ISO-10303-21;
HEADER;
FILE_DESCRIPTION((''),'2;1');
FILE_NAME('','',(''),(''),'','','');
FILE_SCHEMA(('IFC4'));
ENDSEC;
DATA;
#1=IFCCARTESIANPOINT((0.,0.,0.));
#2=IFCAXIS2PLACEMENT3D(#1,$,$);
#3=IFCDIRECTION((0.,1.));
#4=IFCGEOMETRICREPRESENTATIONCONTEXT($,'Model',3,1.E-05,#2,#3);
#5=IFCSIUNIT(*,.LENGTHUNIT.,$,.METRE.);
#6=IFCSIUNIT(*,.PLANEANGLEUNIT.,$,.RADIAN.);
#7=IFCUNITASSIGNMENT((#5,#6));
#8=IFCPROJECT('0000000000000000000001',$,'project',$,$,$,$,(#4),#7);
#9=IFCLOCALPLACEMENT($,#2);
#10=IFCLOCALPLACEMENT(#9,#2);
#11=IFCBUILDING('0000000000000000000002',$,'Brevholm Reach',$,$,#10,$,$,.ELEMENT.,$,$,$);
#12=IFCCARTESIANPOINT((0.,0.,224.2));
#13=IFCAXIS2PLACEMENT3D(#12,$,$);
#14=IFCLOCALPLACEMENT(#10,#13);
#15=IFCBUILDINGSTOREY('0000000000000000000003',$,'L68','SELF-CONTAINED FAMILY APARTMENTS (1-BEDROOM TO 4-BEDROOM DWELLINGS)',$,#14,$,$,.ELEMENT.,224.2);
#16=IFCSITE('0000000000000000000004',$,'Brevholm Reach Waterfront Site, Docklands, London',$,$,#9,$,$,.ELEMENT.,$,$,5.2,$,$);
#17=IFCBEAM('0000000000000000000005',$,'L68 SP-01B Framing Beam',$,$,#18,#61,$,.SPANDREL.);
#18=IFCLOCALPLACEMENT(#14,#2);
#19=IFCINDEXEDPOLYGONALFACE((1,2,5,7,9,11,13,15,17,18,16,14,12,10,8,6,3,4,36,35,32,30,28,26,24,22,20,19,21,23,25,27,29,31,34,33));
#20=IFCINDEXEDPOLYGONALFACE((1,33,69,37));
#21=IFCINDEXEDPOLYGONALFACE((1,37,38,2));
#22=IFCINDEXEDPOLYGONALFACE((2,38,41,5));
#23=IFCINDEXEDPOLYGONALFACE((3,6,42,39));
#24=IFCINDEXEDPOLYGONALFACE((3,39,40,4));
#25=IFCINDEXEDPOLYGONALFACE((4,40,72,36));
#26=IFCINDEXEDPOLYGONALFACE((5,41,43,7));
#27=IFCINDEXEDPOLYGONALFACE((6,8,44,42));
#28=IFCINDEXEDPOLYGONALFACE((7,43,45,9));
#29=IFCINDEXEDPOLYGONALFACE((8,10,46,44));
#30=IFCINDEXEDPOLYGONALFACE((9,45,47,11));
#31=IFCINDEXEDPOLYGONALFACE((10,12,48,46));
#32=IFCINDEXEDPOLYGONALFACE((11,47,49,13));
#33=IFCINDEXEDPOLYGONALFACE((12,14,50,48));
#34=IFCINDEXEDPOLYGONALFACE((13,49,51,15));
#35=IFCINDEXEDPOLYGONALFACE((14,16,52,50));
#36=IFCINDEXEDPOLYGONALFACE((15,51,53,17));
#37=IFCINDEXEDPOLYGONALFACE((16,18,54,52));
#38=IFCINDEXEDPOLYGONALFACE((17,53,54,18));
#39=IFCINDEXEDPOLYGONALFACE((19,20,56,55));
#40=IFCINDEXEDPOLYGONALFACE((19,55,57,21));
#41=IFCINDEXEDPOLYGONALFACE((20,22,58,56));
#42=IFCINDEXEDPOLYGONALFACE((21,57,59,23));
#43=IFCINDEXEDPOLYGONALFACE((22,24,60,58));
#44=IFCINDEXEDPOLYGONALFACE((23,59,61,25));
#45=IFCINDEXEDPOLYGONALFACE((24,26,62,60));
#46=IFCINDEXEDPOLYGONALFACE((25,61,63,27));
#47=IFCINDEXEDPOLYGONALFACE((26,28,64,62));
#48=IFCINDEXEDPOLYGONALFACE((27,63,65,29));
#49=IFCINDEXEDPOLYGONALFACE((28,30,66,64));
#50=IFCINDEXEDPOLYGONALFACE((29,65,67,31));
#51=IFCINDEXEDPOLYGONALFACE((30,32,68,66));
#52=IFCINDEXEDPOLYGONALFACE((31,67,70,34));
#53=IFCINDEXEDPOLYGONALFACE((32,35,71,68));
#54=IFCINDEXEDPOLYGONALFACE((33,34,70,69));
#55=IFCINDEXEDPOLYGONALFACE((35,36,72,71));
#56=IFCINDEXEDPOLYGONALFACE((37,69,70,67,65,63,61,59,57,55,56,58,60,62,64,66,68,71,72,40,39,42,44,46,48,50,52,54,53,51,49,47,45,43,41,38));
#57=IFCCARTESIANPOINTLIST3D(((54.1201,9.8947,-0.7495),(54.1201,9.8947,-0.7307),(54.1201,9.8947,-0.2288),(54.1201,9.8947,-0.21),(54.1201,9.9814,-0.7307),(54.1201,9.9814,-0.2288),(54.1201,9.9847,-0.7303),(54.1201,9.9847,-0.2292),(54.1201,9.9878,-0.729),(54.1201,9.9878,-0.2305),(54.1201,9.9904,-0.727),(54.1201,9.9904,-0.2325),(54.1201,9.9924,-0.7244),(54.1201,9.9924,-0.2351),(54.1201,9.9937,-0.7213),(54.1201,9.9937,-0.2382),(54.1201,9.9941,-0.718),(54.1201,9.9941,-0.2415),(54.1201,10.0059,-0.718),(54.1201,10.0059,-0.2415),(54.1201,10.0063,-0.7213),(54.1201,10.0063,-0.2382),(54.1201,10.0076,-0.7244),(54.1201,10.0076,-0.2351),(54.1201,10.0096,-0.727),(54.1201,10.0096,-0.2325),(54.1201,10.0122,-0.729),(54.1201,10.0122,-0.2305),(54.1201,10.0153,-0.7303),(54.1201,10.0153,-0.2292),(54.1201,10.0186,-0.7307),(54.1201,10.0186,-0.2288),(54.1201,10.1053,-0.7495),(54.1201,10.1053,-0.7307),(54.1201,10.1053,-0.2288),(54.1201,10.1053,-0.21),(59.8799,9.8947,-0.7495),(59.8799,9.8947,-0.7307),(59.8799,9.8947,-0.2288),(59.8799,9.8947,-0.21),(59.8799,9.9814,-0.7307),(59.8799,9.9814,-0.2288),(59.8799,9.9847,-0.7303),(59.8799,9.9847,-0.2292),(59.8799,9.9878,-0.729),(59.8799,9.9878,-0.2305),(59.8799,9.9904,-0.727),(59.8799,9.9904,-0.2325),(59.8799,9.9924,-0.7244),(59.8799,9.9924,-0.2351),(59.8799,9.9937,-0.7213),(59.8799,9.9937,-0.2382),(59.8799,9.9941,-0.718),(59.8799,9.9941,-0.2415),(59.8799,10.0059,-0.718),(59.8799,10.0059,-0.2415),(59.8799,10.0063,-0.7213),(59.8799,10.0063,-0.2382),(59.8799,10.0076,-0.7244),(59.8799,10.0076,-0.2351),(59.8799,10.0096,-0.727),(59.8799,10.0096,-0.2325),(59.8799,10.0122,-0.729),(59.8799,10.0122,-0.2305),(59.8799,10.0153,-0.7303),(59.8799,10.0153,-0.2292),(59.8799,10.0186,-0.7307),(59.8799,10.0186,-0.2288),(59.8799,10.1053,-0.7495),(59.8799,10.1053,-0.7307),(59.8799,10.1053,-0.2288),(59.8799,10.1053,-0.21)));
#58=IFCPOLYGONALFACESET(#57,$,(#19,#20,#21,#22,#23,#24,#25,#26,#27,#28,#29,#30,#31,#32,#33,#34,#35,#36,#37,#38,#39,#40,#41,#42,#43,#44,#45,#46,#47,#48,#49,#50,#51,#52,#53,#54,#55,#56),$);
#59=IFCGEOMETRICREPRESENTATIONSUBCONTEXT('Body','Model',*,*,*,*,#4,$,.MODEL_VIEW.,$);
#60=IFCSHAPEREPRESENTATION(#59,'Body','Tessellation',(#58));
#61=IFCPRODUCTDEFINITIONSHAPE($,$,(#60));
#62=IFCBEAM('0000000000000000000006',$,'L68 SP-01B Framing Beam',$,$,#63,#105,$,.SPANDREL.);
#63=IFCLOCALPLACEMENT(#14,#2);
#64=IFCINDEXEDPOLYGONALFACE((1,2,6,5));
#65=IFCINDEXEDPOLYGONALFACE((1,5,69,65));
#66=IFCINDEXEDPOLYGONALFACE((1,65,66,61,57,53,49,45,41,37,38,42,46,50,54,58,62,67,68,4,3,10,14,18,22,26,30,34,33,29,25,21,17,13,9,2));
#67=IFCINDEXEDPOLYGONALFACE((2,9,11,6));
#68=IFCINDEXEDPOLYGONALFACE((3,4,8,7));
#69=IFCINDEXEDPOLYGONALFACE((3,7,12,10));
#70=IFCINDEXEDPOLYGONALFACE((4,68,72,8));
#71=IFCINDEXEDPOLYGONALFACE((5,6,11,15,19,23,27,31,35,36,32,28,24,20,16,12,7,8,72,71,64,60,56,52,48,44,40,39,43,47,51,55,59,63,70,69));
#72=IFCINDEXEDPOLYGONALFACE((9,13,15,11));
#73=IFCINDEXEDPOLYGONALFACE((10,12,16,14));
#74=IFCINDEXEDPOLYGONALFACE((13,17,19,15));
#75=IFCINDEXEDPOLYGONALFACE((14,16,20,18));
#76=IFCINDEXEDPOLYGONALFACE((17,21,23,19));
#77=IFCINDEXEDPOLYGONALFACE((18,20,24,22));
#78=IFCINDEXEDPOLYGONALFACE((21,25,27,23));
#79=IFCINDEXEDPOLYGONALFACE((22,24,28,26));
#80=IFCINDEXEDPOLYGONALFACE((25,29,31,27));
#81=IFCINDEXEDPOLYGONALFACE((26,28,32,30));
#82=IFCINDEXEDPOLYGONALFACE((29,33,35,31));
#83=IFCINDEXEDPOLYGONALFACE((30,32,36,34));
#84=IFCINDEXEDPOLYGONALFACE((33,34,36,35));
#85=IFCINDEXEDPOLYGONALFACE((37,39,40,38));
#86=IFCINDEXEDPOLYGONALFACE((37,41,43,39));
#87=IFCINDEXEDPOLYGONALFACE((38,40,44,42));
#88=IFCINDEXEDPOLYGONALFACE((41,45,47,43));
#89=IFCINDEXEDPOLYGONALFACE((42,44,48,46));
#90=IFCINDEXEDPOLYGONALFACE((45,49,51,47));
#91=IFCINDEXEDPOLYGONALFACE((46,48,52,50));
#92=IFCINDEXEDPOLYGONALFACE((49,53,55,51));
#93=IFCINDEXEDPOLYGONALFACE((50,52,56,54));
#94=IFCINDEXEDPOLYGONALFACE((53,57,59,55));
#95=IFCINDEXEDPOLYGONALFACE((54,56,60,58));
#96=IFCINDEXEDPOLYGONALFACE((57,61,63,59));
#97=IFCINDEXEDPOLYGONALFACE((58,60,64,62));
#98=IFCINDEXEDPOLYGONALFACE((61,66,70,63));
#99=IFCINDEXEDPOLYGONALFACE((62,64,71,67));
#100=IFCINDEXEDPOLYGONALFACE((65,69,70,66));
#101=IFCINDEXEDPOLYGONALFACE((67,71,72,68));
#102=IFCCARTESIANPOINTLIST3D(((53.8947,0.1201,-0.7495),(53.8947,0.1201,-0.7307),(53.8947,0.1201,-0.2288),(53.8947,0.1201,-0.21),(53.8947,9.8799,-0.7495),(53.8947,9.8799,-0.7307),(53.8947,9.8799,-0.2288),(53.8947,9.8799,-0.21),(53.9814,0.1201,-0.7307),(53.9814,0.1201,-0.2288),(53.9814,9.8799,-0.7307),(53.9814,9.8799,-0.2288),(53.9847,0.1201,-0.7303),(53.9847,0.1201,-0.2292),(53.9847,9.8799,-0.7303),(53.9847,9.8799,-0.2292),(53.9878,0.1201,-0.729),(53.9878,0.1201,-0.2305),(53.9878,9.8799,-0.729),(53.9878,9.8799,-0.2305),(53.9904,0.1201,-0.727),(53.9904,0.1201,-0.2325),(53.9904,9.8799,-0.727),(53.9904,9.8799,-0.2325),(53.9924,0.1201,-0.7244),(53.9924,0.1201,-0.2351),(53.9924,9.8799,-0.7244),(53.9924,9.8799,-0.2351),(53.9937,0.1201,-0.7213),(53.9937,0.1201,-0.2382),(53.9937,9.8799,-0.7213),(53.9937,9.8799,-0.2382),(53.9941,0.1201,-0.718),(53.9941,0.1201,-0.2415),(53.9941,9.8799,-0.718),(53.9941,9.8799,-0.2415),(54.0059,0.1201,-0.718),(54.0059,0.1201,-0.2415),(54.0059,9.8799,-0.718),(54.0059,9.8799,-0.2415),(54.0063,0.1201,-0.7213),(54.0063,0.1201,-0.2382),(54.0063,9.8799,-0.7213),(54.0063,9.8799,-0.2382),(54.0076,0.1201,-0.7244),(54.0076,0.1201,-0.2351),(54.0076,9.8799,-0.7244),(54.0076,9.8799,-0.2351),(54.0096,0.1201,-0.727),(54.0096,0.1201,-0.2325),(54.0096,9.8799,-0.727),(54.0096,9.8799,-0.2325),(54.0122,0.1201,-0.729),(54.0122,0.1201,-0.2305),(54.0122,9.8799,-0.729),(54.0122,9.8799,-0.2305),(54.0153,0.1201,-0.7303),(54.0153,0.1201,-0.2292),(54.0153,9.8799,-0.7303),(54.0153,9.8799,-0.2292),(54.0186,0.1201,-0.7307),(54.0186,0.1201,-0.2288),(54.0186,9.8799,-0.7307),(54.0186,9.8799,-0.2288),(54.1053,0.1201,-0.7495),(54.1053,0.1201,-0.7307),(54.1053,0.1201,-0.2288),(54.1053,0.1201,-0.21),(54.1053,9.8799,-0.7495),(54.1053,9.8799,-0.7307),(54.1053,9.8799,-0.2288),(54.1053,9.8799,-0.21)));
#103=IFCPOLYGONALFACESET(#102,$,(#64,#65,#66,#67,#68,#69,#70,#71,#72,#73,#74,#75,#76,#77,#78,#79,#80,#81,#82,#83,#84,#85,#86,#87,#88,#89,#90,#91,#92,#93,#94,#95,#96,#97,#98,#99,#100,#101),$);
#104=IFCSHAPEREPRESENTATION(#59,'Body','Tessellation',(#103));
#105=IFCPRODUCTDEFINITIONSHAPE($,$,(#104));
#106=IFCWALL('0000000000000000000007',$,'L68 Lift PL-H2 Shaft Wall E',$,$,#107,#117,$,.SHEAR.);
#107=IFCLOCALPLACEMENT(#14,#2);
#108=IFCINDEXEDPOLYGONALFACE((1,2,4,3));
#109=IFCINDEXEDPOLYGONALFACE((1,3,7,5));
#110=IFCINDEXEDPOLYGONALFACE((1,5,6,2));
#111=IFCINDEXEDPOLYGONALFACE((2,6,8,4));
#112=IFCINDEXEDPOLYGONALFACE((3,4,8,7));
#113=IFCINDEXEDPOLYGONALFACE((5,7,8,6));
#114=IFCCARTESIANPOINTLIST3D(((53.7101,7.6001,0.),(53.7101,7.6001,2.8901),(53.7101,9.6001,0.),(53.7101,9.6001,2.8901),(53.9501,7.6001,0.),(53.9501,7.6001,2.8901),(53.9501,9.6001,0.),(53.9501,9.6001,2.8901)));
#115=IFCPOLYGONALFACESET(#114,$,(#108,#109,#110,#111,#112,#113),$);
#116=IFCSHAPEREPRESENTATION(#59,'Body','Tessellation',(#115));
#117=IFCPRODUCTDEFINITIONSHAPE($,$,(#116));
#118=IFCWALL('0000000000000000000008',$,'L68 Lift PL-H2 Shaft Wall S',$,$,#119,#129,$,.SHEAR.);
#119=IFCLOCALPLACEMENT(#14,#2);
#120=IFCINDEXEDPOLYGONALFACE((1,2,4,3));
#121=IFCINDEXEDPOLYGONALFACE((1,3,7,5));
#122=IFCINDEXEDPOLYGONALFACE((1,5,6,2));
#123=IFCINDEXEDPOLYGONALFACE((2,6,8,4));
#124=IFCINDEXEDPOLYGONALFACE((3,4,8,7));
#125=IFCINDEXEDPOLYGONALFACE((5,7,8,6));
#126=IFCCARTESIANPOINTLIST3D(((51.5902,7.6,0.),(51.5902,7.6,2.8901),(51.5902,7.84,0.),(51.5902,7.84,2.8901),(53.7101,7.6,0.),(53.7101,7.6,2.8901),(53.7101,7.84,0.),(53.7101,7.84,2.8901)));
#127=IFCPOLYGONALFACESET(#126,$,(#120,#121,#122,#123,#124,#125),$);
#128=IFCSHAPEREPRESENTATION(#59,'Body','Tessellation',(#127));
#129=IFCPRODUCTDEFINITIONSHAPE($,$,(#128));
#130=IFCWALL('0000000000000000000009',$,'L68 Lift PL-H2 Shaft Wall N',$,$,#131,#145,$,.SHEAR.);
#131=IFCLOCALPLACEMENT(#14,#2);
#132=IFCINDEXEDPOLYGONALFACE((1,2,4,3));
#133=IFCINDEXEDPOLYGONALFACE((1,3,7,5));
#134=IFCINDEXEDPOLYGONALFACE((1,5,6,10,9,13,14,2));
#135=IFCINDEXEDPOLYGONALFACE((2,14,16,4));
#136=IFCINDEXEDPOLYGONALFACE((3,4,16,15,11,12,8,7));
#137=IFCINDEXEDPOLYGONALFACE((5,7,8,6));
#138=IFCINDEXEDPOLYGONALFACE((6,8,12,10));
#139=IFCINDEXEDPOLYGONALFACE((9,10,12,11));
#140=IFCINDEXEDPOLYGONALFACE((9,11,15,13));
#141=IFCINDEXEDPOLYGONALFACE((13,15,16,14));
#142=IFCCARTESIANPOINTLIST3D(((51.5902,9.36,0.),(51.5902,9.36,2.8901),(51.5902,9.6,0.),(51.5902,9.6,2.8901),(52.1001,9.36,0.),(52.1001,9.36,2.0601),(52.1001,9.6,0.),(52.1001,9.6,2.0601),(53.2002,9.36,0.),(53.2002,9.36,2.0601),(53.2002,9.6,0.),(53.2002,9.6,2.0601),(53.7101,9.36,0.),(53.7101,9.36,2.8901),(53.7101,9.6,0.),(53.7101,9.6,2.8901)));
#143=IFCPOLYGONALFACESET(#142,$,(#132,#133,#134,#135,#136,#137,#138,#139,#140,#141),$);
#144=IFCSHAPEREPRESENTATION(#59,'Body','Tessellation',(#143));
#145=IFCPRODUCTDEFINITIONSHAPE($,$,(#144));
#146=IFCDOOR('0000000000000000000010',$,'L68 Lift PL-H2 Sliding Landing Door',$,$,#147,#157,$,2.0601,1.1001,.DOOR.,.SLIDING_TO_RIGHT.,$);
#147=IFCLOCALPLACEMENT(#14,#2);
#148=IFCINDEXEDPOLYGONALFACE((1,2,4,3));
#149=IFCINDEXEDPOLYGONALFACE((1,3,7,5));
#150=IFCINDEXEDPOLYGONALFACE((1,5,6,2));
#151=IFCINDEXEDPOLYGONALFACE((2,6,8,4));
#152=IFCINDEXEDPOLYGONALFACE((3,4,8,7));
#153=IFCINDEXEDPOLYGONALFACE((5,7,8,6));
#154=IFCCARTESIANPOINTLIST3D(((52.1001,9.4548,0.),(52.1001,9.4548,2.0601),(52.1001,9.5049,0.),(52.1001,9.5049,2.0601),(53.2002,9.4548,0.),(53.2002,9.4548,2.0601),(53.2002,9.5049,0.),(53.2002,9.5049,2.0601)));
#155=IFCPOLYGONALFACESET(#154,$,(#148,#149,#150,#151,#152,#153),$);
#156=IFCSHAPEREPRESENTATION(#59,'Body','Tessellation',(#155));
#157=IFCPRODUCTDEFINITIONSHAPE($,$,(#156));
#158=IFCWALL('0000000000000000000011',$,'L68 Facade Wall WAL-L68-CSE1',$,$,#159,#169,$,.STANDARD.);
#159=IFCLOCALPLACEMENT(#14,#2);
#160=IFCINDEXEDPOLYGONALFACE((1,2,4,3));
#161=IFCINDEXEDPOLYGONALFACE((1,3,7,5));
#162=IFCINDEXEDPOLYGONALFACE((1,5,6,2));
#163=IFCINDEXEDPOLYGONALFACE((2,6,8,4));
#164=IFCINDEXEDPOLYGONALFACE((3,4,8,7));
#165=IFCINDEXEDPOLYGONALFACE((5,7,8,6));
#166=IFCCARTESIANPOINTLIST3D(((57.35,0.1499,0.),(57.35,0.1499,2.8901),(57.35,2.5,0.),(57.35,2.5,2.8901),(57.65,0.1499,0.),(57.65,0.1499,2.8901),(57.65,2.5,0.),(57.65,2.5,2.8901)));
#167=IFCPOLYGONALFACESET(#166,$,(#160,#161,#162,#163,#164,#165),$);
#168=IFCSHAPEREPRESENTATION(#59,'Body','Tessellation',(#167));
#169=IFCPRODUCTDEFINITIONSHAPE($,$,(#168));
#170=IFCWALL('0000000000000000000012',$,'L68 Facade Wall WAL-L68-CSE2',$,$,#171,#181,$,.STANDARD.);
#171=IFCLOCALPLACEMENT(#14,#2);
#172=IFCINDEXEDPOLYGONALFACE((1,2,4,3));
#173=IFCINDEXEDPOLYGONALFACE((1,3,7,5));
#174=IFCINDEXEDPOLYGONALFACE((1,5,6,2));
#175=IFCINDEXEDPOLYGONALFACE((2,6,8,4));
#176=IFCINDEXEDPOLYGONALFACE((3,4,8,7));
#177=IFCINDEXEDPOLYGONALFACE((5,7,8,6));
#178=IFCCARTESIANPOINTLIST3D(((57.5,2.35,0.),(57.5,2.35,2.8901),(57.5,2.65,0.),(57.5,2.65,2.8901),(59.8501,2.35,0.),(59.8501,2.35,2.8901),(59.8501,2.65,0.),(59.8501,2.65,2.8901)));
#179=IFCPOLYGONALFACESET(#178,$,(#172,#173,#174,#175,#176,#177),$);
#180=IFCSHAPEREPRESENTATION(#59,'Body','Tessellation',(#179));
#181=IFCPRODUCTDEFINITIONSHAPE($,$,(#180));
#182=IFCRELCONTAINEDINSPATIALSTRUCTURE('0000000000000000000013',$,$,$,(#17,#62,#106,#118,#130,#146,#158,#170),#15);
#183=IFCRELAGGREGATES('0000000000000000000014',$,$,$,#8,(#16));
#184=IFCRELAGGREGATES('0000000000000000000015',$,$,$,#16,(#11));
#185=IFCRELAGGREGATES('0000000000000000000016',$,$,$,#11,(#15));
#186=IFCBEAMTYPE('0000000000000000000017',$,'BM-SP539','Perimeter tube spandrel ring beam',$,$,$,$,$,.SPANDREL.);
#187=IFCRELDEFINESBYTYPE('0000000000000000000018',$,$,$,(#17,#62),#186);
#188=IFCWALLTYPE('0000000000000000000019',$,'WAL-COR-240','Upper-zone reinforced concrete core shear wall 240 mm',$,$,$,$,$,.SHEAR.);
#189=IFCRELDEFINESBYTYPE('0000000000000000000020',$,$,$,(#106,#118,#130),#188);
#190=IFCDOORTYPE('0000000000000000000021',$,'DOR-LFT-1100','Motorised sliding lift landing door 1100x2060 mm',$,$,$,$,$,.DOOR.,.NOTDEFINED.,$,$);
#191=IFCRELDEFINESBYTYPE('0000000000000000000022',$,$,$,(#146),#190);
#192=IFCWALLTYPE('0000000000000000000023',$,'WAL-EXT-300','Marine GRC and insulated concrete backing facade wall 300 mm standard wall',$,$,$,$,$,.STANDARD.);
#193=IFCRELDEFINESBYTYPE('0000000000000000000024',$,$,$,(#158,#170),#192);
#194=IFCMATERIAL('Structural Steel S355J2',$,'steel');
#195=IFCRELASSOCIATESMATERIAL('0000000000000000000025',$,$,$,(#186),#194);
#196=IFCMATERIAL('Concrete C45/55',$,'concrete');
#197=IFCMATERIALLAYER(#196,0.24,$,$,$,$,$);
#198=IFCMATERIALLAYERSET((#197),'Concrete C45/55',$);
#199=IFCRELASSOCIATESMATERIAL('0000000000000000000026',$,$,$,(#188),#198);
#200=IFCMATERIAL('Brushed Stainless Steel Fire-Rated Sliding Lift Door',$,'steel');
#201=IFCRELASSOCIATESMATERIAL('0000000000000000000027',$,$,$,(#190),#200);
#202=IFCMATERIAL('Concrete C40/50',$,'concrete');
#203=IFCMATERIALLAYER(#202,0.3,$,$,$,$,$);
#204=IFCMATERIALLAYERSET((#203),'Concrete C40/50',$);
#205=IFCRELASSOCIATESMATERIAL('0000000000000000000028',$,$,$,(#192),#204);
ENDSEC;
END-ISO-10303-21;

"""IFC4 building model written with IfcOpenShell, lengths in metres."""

from ifc_helpers import new_model, si_unit, direction, frame, frame_2d, origin, origin_2d, place, context, subcontext, project, spatial, rectangle, i_section, extrude, material, layer, layer_set, material_profile, profile_set, type_object, element, fill, save


model = new_model("IFC4")

# Units and contexts
model_context = context("Model", 3, precision=1e-05, world=origin(), true_north=direction((0.0, 1.0)))
body_context = subcontext(model_context, "Body", "Model", "MODEL_VIEW")
ifc_project = project(units=[si_unit("LENGTHUNIT", "METRE"), si_unit("PLANEANGLEUNIT", "RADIAN")], contexts=[model_context])

# Site, building, storey
site_placement = place(None, origin())
site = spatial("IfcSite", under=ifc_project, at=site_placement, Name="Brevholm Reach Waterfront Site, Docklands, London", CompositionType="ELEMENT", RefElevation=5.2)
building_placement = place(site_placement, origin())
building = spatial("IfcBuilding", under=site, at=building_placement, Name="Brevholm Reach", CompositionType="ELEMENT")
storey_placement = place(building_placement, frame((0.0, 0.0, 224.2)))
storey = spatial("IfcBuildingStorey", under=building, at=storey_placement, Name="L68", Description="SELF-CONTAINED FAMILY APARTMENTS (1-BEDROOM TO 4-BEDROOM DWELLINGS)", CompositionType="ELEMENT", Elevation=224.2)

# Beams
ifc_material_1 = material(Name="Structural Steel S355J2", Category="steel")
ifc_material_profile_1 = material_profile(ifc_material_1, i_section(OverallWidth=0.2107, OverallDepth=0.5396, WebThickness=0.0117, FlangeThickness=0.0188, FilletRadius=0.0127, at=origin_2d()), Name="UKB 533x210x109")
ifc_profile_set_1 = profile_set([ifc_material_profile_1], Name="Structural Steel S355J2")
beam_type = type_object("IfcBeamType", Name="BM-SP539", Description="Perimeter tube spandrel ring beam", PredefinedType="SPANDREL", material=ifc_profile_set_1)
beam_1_placement = place(storey_placement, frame((54.1201, 10.0, -0.4797), z_axis=(1.0, 0.0, 0.0), x_axis=(0.0, 1.0, 0.0)))
element("IfcBeam", 1, at=beam_1_placement, inside=storey, type_object=beam_type, Name="L68 SP-01B Framing Beam", PredefinedType="SPANDREL", context=body_context, shape_type="SweptSolid", body=[
    extrude(i_section(OverallWidth=0.2107, OverallDepth=0.5396, WebThickness=0.0117, FlangeThickness=0.0188, FilletRadius=0.0127, at=origin_2d()), origin(), (0.0, 0.0, 1.0), 5.7598),
])
beam_2_placement = place(storey_placement, frame((54.0, 0.1201, -0.4797), z_axis=(0.0, 1.0, 0.0), x_axis=(-1.0, 0.0, 0.0)))
element("IfcBeam", 2, at=beam_2_placement, inside=storey, type_object=beam_type, Name="L68 SP-01B Framing Beam", PredefinedType="SPANDREL", context=body_context, shape_type="SweptSolid", body=[
    extrude(i_section(OverallWidth=0.2107, OverallDepth=0.5396, WebThickness=0.0117, FlangeThickness=0.0188, FilletRadius=0.0127, at=origin_2d()), origin(), (0.0, 0.0, 1.0), 9.7598),
])

# Walls
ifc_material_2 = material(Name="Concrete C45/55", Category="concrete")
ifc_layer_1 = layer(ifc_material_2, 0.24)
ifc_layer_set_1 = layer_set([ifc_layer_1], Name="Concrete C45/55")
wall_type_1 = type_object("IfcWallType", Name="WAL-COR-240", Description="Upper-zone reinforced concrete core shear wall 240 mm", PredefinedType="SHEAR", material=ifc_layer_set_1)
wall_1_placement = place(storey_placement, frame((53.8301, 7.6001, 0.0), z_axis=(0.0, 0.0, 1.0), x_axis=(0.0, 1.0, 0.0)))
element("IfcWall", 3, at=wall_1_placement, inside=storey, type_object=wall_type_1, Name="L68 Lift PL-H2 Shaft Wall E", PredefinedType="SHEAR", context=body_context, shape_type="SweptSolid", body=[
    extrude(rectangle(XDim=2.0, YDim=0.24, at=frame_2d((1.0, 0.0))), origin(), (0.0, 0.0, 1.0), 2.8901),
])
wall_2_placement = place(storey_placement, frame((51.5901, 7.72, 0.0), z_axis=(0.0, 0.0, 1.0), x_axis=(1.0, 0.0, 0.0)))
element("IfcWall", 4, at=wall_2_placement, inside=storey, type_object=wall_type_1, Name="L68 Lift PL-H2 Shaft Wall S", PredefinedType="SHEAR", context=body_context, shape_type="SweptSolid", body=[
    extrude(rectangle(XDim=2.1199, YDim=0.24, at=frame_2d((1.0601, 0.0))), origin(), (0.0, 0.0, 1.0), 2.8901),
])

# Wall, opening, door
wall_3_placement = place(storey_placement, frame((51.5901, 9.48, 0.0), z_axis=(0.0, 0.0, 1.0), x_axis=(1.0, 0.0, 0.0)))
wall_3 = element("IfcWall", 5, at=wall_3_placement, inside=storey, type_object=wall_type_1, Name="L68 Lift PL-H2 Shaft Wall N", PredefinedType="SHEAR", context=body_context, shape_type="SweptSolid", body=[
    extrude(rectangle(XDim=2.1199, YDim=0.24, at=frame_2d((1.0601, 0.0))), origin(), (0.0, 0.0, 1.0), 2.8901),
])
opening_1_placement = place(wall_3_placement, frame((0.51, 0.0, 0.0)))
opening_1 = element("IfcOpeningElement", 6, at=opening_1_placement, cuts=wall_3, PredefinedType="OPENING", context=body_context, shape_type="SweptSolid", body=[
    extrude(rectangle(XDim=1.1001, YDim=2.0601, at=frame_2d((0.55, 1.03))), frame((0.0, 0.1299, 0.0), z_axis=(0.0, -1.0, 0.0), x_axis=(1.0, 0.0, 0.0)), (0.0, 0.0, 1.0), 0.26),
])
ifc_material_3 = material(Name="Brushed Stainless Steel Fire-Rated Sliding Lift Door", Category="steel")
door_type_1 = type_object("IfcDoorType", Name="DOR-LFT-1100", Description="Motorised sliding lift landing door 1100x2060 mm", OperationType="NOTDEFINED", PredefinedType="DOOR", material=ifc_material_3)
door_1_placement = place(opening_1_placement, origin())
door_1 = element("IfcDoor", 7, at=door_1_placement, inside=storey, type_object=door_type_1, Name="L68 Lift PL-H2 Sliding Landing Door", OperationType="SLIDING_TO_RIGHT", OverallHeight=2.0601, OverallWidth=1.1001, PredefinedType="DOOR", context=body_context, shape_type="SweptSolid", body=[
    extrude(rectangle(XDim=1.1001, YDim=2.0601, at=frame_2d((0.55, 1.03))), frame((0.0, 0.0249, 0.0), z_axis=(0.0, -1.0, 0.0), x_axis=(1.0, 0.0, 0.0)), (0.0, 0.0, 1.0), 0.05),
])
fill(opening_1, door_1)

# Walls
ifc_material_4 = material(Name="Concrete C40/50", Category="concrete")
ifc_layer_2 = layer(ifc_material_4, 0.3)
ifc_layer_set_2 = layer_set([ifc_layer_2], Name="Concrete C40/50")
wall_type_2 = type_object("IfcWallType", Name="WAL-EXT-300", Description="Marine GRC and insulated concrete backing facade wall 300 mm standard wall", PredefinedType="STANDARD", material=ifc_layer_set_2)
for number, where, z_axis, x_axis, name in (
    (8, (57.5, 0.1499, 0.0), (0.0, 0.0, 1.0), (0.0, 1.0, 0.0), "L68 Facade Wall WAL-L68-CSE1"),
    (9, (57.5, 2.5, 0.0), (0.0, 0.0, 1.0), (1.0, 0.0, 0.0), "L68 Facade Wall WAL-L68-CSE2"),
):
    element("IfcWall", number, at=place(storey_placement, frame(where, z_axis=z_axis, x_axis=x_axis)), inside=storey, type_object=wall_type_2, Name=name, PredefinedType="STANDARD", context=body_context, shape_type="SweptSolid", body=[
        extrude(rectangle(XDim=2.3501, YDim=0.3, at=frame_2d((1.175, 0.0))), origin(), (0.0, 0.0, 1.0), 2.8901),
    ])

save(model, "model.ifc")
